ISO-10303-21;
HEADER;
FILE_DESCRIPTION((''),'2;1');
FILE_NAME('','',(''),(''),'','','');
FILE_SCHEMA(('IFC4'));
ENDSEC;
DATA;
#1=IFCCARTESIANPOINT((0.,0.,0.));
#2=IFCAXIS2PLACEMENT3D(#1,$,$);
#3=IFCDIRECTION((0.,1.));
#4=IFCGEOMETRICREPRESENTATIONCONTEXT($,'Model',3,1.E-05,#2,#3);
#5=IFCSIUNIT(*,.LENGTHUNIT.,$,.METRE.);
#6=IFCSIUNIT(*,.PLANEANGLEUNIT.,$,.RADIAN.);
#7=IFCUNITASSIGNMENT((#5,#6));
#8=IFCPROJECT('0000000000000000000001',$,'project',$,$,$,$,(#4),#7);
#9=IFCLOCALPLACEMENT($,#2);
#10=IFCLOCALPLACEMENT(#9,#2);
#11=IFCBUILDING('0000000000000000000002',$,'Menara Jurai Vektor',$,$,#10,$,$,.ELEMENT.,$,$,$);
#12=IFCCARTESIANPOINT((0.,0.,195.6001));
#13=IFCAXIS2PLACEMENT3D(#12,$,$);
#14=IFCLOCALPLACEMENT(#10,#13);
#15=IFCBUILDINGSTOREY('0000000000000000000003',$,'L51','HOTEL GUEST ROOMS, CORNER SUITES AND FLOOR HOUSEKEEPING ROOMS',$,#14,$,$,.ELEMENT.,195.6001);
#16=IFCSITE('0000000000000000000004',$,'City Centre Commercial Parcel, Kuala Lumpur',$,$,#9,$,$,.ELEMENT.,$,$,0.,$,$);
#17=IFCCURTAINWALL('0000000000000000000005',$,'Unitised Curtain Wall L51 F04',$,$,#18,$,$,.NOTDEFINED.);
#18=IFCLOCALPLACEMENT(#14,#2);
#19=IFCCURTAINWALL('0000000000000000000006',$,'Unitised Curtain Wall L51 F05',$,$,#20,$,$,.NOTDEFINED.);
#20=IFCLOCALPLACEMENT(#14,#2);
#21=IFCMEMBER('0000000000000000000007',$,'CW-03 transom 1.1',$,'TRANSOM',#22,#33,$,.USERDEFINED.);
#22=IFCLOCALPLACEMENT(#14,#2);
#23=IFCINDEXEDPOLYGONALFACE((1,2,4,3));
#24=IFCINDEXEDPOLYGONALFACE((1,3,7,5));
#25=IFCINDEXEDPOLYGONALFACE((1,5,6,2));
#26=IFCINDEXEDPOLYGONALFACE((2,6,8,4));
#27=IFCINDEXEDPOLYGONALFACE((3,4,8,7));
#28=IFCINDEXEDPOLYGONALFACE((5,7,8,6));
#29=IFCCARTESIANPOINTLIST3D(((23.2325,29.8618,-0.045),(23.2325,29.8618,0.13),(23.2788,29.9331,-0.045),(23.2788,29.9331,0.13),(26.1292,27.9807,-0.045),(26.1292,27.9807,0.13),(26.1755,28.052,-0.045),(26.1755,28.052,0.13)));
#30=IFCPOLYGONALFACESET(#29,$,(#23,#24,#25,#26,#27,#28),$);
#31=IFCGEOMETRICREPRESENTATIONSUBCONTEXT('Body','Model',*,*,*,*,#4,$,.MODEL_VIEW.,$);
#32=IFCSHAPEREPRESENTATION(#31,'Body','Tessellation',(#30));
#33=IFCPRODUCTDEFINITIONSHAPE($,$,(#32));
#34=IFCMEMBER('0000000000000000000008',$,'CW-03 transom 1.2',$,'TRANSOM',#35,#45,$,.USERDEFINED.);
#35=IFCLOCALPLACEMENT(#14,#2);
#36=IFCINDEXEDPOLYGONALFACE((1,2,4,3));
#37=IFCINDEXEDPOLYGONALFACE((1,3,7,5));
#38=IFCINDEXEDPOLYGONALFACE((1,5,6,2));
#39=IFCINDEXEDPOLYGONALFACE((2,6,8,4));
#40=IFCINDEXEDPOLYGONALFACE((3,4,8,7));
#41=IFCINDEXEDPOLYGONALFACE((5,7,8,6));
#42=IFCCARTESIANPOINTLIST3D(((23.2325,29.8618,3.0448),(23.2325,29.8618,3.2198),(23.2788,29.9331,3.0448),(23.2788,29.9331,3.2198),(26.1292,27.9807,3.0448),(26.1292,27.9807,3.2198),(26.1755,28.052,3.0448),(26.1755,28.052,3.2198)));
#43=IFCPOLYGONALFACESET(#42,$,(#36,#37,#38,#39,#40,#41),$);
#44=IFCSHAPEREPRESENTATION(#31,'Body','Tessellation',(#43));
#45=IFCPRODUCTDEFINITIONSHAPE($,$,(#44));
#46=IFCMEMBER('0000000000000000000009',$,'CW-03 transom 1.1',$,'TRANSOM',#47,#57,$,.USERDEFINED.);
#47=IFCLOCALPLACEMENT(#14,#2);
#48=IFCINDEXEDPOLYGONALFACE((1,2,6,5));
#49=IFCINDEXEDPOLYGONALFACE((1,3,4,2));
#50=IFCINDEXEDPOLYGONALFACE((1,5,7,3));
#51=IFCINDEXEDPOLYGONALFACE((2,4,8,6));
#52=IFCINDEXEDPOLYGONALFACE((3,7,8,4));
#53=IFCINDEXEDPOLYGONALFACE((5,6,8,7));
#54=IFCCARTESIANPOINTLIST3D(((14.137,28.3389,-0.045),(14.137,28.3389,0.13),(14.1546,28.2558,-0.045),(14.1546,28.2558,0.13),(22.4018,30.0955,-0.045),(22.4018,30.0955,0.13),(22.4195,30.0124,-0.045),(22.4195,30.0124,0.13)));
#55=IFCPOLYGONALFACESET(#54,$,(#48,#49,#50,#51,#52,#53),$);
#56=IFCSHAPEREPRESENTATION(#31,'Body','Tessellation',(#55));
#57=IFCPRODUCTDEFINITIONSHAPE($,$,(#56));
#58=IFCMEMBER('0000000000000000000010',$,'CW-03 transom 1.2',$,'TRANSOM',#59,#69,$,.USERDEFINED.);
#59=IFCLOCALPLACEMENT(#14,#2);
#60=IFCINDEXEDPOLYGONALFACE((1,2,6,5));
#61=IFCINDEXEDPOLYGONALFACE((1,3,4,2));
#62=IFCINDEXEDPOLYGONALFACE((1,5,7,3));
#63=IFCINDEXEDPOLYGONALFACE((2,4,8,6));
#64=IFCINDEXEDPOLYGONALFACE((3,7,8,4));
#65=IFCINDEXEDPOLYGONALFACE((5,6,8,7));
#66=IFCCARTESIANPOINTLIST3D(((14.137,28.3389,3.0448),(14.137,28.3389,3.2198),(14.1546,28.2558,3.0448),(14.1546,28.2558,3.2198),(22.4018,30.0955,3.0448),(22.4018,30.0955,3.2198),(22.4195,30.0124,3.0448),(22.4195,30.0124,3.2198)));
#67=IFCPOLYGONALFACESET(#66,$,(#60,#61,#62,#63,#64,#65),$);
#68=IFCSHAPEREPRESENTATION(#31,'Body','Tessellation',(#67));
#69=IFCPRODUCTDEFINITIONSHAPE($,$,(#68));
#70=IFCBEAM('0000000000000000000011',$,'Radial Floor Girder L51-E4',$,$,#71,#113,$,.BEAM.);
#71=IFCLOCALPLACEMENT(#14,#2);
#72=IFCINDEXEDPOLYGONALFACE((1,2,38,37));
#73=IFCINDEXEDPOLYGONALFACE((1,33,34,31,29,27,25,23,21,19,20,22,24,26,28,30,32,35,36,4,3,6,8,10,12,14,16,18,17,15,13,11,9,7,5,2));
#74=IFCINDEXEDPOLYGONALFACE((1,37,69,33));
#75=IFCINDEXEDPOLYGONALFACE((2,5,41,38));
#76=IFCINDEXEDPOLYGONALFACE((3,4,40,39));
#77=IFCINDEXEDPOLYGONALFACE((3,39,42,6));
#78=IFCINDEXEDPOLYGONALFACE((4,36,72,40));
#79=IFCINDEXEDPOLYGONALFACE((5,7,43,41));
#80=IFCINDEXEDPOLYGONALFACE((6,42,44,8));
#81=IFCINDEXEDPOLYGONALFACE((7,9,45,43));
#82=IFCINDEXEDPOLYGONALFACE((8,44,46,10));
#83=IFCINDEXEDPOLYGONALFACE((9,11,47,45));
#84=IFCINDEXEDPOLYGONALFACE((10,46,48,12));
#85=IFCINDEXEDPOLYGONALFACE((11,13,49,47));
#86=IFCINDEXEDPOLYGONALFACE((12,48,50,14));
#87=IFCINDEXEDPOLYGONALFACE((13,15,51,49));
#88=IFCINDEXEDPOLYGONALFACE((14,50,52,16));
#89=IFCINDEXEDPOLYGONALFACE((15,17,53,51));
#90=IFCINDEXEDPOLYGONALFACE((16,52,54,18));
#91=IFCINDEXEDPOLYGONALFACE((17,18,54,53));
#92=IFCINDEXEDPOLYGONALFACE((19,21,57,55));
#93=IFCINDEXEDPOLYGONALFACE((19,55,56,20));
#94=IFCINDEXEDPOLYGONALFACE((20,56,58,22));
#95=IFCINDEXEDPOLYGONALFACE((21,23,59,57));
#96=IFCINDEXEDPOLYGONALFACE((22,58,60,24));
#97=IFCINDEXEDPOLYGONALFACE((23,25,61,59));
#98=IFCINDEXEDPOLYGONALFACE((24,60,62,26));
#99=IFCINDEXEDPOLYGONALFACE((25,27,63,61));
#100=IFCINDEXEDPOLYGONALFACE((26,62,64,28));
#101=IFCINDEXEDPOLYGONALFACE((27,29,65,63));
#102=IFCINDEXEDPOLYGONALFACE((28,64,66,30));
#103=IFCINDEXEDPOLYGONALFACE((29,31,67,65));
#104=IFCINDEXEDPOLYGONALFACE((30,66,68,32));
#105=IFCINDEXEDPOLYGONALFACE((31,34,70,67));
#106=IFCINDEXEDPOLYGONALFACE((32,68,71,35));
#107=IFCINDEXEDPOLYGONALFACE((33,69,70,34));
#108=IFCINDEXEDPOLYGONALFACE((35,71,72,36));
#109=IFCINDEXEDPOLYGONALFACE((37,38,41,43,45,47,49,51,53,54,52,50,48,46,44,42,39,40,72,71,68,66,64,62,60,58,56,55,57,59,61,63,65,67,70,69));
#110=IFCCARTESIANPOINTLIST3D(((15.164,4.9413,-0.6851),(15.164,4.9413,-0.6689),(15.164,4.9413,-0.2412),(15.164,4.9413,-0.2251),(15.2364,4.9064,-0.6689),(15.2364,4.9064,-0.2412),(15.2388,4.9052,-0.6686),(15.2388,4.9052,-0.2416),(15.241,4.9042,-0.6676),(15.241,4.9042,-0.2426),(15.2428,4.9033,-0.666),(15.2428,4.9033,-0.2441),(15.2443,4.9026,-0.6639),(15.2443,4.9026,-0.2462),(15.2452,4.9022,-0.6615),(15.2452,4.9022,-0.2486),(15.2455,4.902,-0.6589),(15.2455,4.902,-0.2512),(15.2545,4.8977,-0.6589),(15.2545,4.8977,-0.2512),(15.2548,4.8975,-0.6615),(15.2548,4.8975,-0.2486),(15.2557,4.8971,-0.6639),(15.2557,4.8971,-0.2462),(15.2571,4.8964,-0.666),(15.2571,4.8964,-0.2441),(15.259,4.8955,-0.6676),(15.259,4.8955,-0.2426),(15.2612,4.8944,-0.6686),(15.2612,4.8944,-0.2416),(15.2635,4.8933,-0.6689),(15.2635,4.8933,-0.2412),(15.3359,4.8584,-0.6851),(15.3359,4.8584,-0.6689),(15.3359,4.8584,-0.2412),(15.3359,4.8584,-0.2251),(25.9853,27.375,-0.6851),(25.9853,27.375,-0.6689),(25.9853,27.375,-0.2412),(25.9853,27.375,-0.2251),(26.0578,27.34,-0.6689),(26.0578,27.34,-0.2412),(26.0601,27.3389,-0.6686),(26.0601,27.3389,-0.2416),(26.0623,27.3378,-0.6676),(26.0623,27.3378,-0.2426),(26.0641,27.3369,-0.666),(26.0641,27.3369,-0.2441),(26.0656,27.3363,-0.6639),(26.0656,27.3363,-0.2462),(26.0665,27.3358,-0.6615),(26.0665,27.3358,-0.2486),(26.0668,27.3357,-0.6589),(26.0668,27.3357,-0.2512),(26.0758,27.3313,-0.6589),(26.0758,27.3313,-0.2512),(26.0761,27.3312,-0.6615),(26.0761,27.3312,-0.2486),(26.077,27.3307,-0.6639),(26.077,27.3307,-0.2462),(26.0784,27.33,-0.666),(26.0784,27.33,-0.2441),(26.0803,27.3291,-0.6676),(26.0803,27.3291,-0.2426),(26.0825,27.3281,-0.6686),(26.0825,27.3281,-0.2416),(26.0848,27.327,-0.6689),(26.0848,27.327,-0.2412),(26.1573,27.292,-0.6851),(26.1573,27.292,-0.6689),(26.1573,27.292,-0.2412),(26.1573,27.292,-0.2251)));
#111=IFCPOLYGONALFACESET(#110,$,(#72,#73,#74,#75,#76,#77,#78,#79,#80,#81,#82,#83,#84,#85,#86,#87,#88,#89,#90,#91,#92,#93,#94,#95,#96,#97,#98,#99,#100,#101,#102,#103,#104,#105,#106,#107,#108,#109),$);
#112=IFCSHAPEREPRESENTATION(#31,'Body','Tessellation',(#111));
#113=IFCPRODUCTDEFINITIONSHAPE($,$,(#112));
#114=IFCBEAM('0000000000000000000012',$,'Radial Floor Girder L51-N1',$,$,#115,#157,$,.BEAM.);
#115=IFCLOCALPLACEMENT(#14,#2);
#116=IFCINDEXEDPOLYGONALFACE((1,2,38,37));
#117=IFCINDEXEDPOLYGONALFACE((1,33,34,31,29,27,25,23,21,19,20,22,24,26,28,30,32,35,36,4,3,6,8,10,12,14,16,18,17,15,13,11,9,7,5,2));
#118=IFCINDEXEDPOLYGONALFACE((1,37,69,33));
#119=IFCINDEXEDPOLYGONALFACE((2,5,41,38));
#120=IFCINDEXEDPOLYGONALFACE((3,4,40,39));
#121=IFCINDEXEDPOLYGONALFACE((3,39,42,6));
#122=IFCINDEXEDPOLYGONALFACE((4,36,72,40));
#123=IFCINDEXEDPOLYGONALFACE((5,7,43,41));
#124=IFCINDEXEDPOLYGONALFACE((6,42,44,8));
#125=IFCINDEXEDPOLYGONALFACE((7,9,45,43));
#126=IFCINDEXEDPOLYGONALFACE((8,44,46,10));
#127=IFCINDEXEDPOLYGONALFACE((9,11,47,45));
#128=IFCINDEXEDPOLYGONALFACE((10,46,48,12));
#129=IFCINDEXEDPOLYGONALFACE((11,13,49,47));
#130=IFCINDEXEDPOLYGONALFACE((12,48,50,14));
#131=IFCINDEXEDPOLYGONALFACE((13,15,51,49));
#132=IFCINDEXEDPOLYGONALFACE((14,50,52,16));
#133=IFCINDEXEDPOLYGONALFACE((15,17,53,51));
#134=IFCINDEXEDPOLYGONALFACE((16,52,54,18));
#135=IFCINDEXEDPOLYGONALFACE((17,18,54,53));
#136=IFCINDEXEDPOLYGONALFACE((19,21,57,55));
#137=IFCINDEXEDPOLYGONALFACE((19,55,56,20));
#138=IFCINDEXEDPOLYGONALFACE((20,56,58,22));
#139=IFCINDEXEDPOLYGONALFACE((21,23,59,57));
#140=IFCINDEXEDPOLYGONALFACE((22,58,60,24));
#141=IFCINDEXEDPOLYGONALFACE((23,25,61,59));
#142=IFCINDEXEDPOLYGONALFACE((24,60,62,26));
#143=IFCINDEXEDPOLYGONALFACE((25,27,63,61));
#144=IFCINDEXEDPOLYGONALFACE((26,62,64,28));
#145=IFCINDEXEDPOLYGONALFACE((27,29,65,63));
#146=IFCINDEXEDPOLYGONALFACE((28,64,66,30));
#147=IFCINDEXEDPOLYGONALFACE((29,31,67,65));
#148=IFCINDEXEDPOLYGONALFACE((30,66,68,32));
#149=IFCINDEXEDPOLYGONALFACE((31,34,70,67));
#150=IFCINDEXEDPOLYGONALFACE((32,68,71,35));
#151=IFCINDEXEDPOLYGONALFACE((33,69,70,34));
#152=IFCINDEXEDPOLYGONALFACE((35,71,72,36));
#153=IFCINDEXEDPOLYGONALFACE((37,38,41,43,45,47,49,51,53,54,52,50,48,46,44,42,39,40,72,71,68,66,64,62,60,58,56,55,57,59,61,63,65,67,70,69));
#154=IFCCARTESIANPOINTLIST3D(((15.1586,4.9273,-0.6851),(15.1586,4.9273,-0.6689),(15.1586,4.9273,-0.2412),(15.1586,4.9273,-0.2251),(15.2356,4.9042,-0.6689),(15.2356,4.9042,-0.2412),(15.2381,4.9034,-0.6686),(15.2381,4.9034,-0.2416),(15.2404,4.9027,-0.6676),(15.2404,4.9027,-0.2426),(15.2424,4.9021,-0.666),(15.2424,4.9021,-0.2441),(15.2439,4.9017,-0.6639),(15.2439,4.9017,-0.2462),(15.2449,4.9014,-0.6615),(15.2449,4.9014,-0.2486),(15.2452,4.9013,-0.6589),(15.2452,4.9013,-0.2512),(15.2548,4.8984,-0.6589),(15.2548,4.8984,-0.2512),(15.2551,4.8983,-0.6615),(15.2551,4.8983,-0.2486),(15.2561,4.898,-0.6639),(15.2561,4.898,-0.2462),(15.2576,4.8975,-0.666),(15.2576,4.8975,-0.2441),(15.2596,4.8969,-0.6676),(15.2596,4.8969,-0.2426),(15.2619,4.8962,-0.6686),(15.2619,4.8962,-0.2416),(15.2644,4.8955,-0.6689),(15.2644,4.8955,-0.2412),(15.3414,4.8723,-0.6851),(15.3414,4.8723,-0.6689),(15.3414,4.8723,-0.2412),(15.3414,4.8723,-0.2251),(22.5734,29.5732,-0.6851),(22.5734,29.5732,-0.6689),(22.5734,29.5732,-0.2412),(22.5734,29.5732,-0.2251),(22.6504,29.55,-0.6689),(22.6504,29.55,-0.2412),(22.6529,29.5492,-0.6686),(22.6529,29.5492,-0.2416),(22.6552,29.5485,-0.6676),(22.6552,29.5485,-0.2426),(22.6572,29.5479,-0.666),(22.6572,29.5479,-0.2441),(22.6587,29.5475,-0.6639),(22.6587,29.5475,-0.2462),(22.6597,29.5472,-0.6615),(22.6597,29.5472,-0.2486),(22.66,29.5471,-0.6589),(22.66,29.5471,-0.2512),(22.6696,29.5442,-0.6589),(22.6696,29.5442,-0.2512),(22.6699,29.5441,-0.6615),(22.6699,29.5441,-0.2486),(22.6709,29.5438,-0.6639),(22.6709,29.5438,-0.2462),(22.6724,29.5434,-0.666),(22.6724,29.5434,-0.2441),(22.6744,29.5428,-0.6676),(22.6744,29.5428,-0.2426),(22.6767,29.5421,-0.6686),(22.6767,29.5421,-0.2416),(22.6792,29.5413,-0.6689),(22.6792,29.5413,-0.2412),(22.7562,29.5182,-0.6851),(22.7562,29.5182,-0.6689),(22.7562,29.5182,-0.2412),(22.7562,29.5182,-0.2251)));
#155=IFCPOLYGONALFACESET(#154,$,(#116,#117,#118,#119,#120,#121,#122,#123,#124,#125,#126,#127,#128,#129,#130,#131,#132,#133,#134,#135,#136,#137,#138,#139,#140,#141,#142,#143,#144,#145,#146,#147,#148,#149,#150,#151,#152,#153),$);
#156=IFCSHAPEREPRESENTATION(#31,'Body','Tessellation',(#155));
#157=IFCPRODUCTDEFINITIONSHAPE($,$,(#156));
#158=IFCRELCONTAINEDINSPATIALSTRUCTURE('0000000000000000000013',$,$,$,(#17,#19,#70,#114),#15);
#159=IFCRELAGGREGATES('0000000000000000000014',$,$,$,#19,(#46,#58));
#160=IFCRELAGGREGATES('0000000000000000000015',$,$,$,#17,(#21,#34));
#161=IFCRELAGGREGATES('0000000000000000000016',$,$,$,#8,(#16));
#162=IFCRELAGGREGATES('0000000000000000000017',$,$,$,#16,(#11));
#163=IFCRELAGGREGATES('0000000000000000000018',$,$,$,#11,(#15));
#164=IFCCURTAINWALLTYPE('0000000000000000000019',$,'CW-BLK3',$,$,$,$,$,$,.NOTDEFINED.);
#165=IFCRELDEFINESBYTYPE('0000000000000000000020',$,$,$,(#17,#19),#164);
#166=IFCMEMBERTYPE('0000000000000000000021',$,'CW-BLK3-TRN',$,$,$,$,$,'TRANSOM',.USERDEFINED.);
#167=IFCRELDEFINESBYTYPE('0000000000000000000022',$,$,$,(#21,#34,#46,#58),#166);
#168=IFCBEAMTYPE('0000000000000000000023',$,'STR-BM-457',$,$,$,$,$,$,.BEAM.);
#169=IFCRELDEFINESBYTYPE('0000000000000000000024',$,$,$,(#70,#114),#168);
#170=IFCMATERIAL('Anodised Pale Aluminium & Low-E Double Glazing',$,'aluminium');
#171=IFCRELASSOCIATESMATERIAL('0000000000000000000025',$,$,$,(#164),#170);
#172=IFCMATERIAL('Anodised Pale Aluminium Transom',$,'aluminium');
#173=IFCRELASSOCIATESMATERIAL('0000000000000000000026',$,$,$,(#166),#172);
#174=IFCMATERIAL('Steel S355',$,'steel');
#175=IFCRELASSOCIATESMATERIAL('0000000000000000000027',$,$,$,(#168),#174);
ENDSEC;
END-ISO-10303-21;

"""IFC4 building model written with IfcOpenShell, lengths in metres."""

from ifc_helpers import new_model, si_unit, direction, frame, origin, origin_2d, place, context, subcontext, project, spatial, rectangle, i_section, extrude, material, material_profile, profile_set, type_object, element, aggregate, save


model = new_model("IFC4")

# Units and contexts
model_context = context("Model", 3, precision=1e-05, world=origin(), true_north=direction((0.0, 1.0)))
body_context = subcontext(model_context, "Body", "Model", "MODEL_VIEW")
ifc_project = project(units=[si_unit("LENGTHUNIT", "METRE"), si_unit("PLANEANGLEUNIT", "RADIAN")], contexts=[model_context])

# Site, building, storey
site_placement = place(None, origin())
site = spatial("IfcSite", under=ifc_project, at=site_placement, Name="City Centre Commercial Parcel, Kuala Lumpur", CompositionType="ELEMENT", RefElevation=0.0)
building_placement = place(site_placement, origin())
building = spatial("IfcBuilding", under=site, at=building_placement, Name="Menara Jurai Vektor", CompositionType="ELEMENT")
storey_placement = place(building_placement, frame((0.0, 0.0, 195.6001)))
storey = spatial("IfcBuildingStorey", under=building, at=storey_placement, Name="L51", Description="HOTEL GUEST ROOMS, CORNER SUITES AND FLOOR HOUSEKEEPING ROOMS", CompositionType="ELEMENT", Elevation=195.6001)

# Curtain wall
ifc_material_1 = material(Name="Anodised Pale Aluminium & Low-E Double Glazing", Category="aluminium")
curtain_wall_type = type_object("IfcCurtainWallType", Name="CW-BLK3", PredefinedType="NOTDEFINED", material=ifc_material_1)
curtain_wall_1_placement = place(storey_placement, origin())
curtain_wall_1 = element("IfcCurtainWall", 1, at=curtain_wall_1_placement, inside=storey, type_object=curtain_wall_type, Name="Unitised Curtain Wall L51 F04", PredefinedType="NOTDEFINED")

# Curtain wall
curtain_wall_2_placement = place(storey_placement, origin())
curtain_wall_2 = element("IfcCurtainWall", 2, at=curtain_wall_2_placement, inside=storey, type_object=curtain_wall_type, Name="Unitised Curtain Wall L51 F05", PredefinedType="NOTDEFINED")

# Members
ifc_material_2 = material(Name="Anodised Pale Aluminium Transom", Category="aluminium")
ifc_material_profile_1 = material_profile(ifc_material_2, rectangle(XDim=0.085, YDim=0.175, at=origin_2d()), Name="ALU TRN 85x175")
ifc_profile_set_1 = profile_set([ifc_material_profile_1], Name="Anodised Pale Aluminium Transom")
member_type_1 = type_object("IfcMemberType", Name="CW-BLK3-TRN", ElementType="TRANSOM", PredefinedType="USERDEFINED", material=ifc_profile_set_1)
member_1_placement = place(storey_placement, frame((26.1523, 28.0164, 0.0425), z_axis=(-0.838678, 0.544628, 0.0), x_axis=(-0.544628, -0.838678, 0.0)))
member_1 = element("IfcMember", 3, at=member_1_placement, type_object=member_type_1, Name="CW-03 transom 1.1", ObjectType="TRANSOM", PredefinedType="USERDEFINED", context=body_context, shape_type="SweptSolid", body=[
    extrude(rectangle(XDim=0.085, YDim=0.175, at=origin_2d()), origin(), (0.0, 0.0, 1.0), 3.4539),
])
member_2_placement = place(storey_placement, frame((26.1523, 28.0164, 3.1323), z_axis=(-0.838678, 0.544628, 0.0), x_axis=(-0.544628, -0.838678, 0.0)))
member_2 = element("IfcMember", 4, at=member_2_placement, type_object=member_type_1, Name="CW-03 transom 1.2", ObjectType="TRANSOM", PredefinedType="USERDEFINED", context=body_context, shape_type="SweptSolid", body=[
    extrude(rectangle(XDim=0.085, YDim=0.175, at=origin_2d()), origin(), (0.0, 0.0, 1.0), 3.4539),
])
member_3_placement = place(storey_placement, frame((22.4106, 30.054, 0.0425), z_axis=(-0.978152, -0.207893, 0.0), x_axis=(0.207893, -0.978152, 0.0)))
member_3 = element("IfcMember", 5, at=member_3_placement, type_object=member_type_1, Name="CW-03 transom 1.1", ObjectType="TRANSOM", PredefinedType="USERDEFINED", context=body_context, shape_type="SweptSolid", body=[
    extrude(rectangle(XDim=0.085, YDim=0.175, at=origin_2d()), origin(), (0.0, 0.0, 1.0), 8.4495),
])
member_4_placement = place(storey_placement, frame((22.4106, 30.054, 3.1323), z_axis=(-0.978152, -0.207893, 0.0), x_axis=(0.207893, -0.978152, 0.0)))
member_4 = element("IfcMember", 6, at=member_4_placement, type_object=member_type_1, Name="CW-03 transom 1.2", ObjectType="TRANSOM", PredefinedType="USERDEFINED", context=body_context, shape_type="SweptSolid", body=[
    extrude(rectangle(XDim=0.085, YDim=0.175, at=origin_2d()), origin(), (0.0, 0.0, 1.0), 8.4495),
])

# Beams
ifc_material_3 = material(Name="Steel S355", Category="steel")
ifc_material_profile_2 = material_profile(ifc_material_3, i_section(OverallWidth=0.1909, OverallDepth=0.46, WebThickness=0.01, FlangeThickness=0.0161, FilletRadius=0.01, at=origin_2d()), Name="UKB 457x191x82")
ifc_profile_set_2 = profile_set([ifc_material_profile_2], Name="Steel S355")
beam_type_1 = type_object("IfcBeamType", Name="STR-BM-457", PredefinedType="BEAM", material=ifc_profile_set_2)
beam_1_placement = place(storey_placement, frame((26.0713, 27.3335, -0.4551), z_axis=(-0.434465, -0.900689, 0.0), x_axis=(0.900689, -0.434465, 0.0)))
element("IfcBeam", 7, at=beam_1_placement, inside=storey, type_object=beam_type_1, Name="Radial Floor Girder L51-E4", PredefinedType="BEAM", context=body_context, shape_type="SweptSolid", body=[
    extrude(i_section(OverallWidth=0.1909, OverallDepth=0.46, WebThickness=0.01, FlangeThickness=0.0161, FilletRadius=0.01, at=origin_2d()), origin(), (0.0, 0.0, 1.0), 24.9072),
])
beam_2_placement = place(storey_placement, frame((22.6648, 29.5457, -0.4551), z_axis=(-0.288099, -0.957601, 0.0), x_axis=(0.957601, -0.288099, 0.0)))
element("IfcBeam", 8, at=beam_2_placement, inside=storey, type_object=beam_type_1, Name="Radial Floor Girder L51-N1", PredefinedType="BEAM", context=body_context, shape_type="SweptSolid", body=[
    extrude(i_section(OverallWidth=0.1909, OverallDepth=0.46, WebThickness=0.01, FlangeThickness=0.0161, FilletRadius=0.01, at=origin_2d()), origin(), (0.0, 0.0, 1.0), 25.7371),
])

aggregate(curtain_wall_2, [member_3, member_4])
aggregate(curtain_wall_1, [member_1, member_2])

save(model, "model.ifc")
